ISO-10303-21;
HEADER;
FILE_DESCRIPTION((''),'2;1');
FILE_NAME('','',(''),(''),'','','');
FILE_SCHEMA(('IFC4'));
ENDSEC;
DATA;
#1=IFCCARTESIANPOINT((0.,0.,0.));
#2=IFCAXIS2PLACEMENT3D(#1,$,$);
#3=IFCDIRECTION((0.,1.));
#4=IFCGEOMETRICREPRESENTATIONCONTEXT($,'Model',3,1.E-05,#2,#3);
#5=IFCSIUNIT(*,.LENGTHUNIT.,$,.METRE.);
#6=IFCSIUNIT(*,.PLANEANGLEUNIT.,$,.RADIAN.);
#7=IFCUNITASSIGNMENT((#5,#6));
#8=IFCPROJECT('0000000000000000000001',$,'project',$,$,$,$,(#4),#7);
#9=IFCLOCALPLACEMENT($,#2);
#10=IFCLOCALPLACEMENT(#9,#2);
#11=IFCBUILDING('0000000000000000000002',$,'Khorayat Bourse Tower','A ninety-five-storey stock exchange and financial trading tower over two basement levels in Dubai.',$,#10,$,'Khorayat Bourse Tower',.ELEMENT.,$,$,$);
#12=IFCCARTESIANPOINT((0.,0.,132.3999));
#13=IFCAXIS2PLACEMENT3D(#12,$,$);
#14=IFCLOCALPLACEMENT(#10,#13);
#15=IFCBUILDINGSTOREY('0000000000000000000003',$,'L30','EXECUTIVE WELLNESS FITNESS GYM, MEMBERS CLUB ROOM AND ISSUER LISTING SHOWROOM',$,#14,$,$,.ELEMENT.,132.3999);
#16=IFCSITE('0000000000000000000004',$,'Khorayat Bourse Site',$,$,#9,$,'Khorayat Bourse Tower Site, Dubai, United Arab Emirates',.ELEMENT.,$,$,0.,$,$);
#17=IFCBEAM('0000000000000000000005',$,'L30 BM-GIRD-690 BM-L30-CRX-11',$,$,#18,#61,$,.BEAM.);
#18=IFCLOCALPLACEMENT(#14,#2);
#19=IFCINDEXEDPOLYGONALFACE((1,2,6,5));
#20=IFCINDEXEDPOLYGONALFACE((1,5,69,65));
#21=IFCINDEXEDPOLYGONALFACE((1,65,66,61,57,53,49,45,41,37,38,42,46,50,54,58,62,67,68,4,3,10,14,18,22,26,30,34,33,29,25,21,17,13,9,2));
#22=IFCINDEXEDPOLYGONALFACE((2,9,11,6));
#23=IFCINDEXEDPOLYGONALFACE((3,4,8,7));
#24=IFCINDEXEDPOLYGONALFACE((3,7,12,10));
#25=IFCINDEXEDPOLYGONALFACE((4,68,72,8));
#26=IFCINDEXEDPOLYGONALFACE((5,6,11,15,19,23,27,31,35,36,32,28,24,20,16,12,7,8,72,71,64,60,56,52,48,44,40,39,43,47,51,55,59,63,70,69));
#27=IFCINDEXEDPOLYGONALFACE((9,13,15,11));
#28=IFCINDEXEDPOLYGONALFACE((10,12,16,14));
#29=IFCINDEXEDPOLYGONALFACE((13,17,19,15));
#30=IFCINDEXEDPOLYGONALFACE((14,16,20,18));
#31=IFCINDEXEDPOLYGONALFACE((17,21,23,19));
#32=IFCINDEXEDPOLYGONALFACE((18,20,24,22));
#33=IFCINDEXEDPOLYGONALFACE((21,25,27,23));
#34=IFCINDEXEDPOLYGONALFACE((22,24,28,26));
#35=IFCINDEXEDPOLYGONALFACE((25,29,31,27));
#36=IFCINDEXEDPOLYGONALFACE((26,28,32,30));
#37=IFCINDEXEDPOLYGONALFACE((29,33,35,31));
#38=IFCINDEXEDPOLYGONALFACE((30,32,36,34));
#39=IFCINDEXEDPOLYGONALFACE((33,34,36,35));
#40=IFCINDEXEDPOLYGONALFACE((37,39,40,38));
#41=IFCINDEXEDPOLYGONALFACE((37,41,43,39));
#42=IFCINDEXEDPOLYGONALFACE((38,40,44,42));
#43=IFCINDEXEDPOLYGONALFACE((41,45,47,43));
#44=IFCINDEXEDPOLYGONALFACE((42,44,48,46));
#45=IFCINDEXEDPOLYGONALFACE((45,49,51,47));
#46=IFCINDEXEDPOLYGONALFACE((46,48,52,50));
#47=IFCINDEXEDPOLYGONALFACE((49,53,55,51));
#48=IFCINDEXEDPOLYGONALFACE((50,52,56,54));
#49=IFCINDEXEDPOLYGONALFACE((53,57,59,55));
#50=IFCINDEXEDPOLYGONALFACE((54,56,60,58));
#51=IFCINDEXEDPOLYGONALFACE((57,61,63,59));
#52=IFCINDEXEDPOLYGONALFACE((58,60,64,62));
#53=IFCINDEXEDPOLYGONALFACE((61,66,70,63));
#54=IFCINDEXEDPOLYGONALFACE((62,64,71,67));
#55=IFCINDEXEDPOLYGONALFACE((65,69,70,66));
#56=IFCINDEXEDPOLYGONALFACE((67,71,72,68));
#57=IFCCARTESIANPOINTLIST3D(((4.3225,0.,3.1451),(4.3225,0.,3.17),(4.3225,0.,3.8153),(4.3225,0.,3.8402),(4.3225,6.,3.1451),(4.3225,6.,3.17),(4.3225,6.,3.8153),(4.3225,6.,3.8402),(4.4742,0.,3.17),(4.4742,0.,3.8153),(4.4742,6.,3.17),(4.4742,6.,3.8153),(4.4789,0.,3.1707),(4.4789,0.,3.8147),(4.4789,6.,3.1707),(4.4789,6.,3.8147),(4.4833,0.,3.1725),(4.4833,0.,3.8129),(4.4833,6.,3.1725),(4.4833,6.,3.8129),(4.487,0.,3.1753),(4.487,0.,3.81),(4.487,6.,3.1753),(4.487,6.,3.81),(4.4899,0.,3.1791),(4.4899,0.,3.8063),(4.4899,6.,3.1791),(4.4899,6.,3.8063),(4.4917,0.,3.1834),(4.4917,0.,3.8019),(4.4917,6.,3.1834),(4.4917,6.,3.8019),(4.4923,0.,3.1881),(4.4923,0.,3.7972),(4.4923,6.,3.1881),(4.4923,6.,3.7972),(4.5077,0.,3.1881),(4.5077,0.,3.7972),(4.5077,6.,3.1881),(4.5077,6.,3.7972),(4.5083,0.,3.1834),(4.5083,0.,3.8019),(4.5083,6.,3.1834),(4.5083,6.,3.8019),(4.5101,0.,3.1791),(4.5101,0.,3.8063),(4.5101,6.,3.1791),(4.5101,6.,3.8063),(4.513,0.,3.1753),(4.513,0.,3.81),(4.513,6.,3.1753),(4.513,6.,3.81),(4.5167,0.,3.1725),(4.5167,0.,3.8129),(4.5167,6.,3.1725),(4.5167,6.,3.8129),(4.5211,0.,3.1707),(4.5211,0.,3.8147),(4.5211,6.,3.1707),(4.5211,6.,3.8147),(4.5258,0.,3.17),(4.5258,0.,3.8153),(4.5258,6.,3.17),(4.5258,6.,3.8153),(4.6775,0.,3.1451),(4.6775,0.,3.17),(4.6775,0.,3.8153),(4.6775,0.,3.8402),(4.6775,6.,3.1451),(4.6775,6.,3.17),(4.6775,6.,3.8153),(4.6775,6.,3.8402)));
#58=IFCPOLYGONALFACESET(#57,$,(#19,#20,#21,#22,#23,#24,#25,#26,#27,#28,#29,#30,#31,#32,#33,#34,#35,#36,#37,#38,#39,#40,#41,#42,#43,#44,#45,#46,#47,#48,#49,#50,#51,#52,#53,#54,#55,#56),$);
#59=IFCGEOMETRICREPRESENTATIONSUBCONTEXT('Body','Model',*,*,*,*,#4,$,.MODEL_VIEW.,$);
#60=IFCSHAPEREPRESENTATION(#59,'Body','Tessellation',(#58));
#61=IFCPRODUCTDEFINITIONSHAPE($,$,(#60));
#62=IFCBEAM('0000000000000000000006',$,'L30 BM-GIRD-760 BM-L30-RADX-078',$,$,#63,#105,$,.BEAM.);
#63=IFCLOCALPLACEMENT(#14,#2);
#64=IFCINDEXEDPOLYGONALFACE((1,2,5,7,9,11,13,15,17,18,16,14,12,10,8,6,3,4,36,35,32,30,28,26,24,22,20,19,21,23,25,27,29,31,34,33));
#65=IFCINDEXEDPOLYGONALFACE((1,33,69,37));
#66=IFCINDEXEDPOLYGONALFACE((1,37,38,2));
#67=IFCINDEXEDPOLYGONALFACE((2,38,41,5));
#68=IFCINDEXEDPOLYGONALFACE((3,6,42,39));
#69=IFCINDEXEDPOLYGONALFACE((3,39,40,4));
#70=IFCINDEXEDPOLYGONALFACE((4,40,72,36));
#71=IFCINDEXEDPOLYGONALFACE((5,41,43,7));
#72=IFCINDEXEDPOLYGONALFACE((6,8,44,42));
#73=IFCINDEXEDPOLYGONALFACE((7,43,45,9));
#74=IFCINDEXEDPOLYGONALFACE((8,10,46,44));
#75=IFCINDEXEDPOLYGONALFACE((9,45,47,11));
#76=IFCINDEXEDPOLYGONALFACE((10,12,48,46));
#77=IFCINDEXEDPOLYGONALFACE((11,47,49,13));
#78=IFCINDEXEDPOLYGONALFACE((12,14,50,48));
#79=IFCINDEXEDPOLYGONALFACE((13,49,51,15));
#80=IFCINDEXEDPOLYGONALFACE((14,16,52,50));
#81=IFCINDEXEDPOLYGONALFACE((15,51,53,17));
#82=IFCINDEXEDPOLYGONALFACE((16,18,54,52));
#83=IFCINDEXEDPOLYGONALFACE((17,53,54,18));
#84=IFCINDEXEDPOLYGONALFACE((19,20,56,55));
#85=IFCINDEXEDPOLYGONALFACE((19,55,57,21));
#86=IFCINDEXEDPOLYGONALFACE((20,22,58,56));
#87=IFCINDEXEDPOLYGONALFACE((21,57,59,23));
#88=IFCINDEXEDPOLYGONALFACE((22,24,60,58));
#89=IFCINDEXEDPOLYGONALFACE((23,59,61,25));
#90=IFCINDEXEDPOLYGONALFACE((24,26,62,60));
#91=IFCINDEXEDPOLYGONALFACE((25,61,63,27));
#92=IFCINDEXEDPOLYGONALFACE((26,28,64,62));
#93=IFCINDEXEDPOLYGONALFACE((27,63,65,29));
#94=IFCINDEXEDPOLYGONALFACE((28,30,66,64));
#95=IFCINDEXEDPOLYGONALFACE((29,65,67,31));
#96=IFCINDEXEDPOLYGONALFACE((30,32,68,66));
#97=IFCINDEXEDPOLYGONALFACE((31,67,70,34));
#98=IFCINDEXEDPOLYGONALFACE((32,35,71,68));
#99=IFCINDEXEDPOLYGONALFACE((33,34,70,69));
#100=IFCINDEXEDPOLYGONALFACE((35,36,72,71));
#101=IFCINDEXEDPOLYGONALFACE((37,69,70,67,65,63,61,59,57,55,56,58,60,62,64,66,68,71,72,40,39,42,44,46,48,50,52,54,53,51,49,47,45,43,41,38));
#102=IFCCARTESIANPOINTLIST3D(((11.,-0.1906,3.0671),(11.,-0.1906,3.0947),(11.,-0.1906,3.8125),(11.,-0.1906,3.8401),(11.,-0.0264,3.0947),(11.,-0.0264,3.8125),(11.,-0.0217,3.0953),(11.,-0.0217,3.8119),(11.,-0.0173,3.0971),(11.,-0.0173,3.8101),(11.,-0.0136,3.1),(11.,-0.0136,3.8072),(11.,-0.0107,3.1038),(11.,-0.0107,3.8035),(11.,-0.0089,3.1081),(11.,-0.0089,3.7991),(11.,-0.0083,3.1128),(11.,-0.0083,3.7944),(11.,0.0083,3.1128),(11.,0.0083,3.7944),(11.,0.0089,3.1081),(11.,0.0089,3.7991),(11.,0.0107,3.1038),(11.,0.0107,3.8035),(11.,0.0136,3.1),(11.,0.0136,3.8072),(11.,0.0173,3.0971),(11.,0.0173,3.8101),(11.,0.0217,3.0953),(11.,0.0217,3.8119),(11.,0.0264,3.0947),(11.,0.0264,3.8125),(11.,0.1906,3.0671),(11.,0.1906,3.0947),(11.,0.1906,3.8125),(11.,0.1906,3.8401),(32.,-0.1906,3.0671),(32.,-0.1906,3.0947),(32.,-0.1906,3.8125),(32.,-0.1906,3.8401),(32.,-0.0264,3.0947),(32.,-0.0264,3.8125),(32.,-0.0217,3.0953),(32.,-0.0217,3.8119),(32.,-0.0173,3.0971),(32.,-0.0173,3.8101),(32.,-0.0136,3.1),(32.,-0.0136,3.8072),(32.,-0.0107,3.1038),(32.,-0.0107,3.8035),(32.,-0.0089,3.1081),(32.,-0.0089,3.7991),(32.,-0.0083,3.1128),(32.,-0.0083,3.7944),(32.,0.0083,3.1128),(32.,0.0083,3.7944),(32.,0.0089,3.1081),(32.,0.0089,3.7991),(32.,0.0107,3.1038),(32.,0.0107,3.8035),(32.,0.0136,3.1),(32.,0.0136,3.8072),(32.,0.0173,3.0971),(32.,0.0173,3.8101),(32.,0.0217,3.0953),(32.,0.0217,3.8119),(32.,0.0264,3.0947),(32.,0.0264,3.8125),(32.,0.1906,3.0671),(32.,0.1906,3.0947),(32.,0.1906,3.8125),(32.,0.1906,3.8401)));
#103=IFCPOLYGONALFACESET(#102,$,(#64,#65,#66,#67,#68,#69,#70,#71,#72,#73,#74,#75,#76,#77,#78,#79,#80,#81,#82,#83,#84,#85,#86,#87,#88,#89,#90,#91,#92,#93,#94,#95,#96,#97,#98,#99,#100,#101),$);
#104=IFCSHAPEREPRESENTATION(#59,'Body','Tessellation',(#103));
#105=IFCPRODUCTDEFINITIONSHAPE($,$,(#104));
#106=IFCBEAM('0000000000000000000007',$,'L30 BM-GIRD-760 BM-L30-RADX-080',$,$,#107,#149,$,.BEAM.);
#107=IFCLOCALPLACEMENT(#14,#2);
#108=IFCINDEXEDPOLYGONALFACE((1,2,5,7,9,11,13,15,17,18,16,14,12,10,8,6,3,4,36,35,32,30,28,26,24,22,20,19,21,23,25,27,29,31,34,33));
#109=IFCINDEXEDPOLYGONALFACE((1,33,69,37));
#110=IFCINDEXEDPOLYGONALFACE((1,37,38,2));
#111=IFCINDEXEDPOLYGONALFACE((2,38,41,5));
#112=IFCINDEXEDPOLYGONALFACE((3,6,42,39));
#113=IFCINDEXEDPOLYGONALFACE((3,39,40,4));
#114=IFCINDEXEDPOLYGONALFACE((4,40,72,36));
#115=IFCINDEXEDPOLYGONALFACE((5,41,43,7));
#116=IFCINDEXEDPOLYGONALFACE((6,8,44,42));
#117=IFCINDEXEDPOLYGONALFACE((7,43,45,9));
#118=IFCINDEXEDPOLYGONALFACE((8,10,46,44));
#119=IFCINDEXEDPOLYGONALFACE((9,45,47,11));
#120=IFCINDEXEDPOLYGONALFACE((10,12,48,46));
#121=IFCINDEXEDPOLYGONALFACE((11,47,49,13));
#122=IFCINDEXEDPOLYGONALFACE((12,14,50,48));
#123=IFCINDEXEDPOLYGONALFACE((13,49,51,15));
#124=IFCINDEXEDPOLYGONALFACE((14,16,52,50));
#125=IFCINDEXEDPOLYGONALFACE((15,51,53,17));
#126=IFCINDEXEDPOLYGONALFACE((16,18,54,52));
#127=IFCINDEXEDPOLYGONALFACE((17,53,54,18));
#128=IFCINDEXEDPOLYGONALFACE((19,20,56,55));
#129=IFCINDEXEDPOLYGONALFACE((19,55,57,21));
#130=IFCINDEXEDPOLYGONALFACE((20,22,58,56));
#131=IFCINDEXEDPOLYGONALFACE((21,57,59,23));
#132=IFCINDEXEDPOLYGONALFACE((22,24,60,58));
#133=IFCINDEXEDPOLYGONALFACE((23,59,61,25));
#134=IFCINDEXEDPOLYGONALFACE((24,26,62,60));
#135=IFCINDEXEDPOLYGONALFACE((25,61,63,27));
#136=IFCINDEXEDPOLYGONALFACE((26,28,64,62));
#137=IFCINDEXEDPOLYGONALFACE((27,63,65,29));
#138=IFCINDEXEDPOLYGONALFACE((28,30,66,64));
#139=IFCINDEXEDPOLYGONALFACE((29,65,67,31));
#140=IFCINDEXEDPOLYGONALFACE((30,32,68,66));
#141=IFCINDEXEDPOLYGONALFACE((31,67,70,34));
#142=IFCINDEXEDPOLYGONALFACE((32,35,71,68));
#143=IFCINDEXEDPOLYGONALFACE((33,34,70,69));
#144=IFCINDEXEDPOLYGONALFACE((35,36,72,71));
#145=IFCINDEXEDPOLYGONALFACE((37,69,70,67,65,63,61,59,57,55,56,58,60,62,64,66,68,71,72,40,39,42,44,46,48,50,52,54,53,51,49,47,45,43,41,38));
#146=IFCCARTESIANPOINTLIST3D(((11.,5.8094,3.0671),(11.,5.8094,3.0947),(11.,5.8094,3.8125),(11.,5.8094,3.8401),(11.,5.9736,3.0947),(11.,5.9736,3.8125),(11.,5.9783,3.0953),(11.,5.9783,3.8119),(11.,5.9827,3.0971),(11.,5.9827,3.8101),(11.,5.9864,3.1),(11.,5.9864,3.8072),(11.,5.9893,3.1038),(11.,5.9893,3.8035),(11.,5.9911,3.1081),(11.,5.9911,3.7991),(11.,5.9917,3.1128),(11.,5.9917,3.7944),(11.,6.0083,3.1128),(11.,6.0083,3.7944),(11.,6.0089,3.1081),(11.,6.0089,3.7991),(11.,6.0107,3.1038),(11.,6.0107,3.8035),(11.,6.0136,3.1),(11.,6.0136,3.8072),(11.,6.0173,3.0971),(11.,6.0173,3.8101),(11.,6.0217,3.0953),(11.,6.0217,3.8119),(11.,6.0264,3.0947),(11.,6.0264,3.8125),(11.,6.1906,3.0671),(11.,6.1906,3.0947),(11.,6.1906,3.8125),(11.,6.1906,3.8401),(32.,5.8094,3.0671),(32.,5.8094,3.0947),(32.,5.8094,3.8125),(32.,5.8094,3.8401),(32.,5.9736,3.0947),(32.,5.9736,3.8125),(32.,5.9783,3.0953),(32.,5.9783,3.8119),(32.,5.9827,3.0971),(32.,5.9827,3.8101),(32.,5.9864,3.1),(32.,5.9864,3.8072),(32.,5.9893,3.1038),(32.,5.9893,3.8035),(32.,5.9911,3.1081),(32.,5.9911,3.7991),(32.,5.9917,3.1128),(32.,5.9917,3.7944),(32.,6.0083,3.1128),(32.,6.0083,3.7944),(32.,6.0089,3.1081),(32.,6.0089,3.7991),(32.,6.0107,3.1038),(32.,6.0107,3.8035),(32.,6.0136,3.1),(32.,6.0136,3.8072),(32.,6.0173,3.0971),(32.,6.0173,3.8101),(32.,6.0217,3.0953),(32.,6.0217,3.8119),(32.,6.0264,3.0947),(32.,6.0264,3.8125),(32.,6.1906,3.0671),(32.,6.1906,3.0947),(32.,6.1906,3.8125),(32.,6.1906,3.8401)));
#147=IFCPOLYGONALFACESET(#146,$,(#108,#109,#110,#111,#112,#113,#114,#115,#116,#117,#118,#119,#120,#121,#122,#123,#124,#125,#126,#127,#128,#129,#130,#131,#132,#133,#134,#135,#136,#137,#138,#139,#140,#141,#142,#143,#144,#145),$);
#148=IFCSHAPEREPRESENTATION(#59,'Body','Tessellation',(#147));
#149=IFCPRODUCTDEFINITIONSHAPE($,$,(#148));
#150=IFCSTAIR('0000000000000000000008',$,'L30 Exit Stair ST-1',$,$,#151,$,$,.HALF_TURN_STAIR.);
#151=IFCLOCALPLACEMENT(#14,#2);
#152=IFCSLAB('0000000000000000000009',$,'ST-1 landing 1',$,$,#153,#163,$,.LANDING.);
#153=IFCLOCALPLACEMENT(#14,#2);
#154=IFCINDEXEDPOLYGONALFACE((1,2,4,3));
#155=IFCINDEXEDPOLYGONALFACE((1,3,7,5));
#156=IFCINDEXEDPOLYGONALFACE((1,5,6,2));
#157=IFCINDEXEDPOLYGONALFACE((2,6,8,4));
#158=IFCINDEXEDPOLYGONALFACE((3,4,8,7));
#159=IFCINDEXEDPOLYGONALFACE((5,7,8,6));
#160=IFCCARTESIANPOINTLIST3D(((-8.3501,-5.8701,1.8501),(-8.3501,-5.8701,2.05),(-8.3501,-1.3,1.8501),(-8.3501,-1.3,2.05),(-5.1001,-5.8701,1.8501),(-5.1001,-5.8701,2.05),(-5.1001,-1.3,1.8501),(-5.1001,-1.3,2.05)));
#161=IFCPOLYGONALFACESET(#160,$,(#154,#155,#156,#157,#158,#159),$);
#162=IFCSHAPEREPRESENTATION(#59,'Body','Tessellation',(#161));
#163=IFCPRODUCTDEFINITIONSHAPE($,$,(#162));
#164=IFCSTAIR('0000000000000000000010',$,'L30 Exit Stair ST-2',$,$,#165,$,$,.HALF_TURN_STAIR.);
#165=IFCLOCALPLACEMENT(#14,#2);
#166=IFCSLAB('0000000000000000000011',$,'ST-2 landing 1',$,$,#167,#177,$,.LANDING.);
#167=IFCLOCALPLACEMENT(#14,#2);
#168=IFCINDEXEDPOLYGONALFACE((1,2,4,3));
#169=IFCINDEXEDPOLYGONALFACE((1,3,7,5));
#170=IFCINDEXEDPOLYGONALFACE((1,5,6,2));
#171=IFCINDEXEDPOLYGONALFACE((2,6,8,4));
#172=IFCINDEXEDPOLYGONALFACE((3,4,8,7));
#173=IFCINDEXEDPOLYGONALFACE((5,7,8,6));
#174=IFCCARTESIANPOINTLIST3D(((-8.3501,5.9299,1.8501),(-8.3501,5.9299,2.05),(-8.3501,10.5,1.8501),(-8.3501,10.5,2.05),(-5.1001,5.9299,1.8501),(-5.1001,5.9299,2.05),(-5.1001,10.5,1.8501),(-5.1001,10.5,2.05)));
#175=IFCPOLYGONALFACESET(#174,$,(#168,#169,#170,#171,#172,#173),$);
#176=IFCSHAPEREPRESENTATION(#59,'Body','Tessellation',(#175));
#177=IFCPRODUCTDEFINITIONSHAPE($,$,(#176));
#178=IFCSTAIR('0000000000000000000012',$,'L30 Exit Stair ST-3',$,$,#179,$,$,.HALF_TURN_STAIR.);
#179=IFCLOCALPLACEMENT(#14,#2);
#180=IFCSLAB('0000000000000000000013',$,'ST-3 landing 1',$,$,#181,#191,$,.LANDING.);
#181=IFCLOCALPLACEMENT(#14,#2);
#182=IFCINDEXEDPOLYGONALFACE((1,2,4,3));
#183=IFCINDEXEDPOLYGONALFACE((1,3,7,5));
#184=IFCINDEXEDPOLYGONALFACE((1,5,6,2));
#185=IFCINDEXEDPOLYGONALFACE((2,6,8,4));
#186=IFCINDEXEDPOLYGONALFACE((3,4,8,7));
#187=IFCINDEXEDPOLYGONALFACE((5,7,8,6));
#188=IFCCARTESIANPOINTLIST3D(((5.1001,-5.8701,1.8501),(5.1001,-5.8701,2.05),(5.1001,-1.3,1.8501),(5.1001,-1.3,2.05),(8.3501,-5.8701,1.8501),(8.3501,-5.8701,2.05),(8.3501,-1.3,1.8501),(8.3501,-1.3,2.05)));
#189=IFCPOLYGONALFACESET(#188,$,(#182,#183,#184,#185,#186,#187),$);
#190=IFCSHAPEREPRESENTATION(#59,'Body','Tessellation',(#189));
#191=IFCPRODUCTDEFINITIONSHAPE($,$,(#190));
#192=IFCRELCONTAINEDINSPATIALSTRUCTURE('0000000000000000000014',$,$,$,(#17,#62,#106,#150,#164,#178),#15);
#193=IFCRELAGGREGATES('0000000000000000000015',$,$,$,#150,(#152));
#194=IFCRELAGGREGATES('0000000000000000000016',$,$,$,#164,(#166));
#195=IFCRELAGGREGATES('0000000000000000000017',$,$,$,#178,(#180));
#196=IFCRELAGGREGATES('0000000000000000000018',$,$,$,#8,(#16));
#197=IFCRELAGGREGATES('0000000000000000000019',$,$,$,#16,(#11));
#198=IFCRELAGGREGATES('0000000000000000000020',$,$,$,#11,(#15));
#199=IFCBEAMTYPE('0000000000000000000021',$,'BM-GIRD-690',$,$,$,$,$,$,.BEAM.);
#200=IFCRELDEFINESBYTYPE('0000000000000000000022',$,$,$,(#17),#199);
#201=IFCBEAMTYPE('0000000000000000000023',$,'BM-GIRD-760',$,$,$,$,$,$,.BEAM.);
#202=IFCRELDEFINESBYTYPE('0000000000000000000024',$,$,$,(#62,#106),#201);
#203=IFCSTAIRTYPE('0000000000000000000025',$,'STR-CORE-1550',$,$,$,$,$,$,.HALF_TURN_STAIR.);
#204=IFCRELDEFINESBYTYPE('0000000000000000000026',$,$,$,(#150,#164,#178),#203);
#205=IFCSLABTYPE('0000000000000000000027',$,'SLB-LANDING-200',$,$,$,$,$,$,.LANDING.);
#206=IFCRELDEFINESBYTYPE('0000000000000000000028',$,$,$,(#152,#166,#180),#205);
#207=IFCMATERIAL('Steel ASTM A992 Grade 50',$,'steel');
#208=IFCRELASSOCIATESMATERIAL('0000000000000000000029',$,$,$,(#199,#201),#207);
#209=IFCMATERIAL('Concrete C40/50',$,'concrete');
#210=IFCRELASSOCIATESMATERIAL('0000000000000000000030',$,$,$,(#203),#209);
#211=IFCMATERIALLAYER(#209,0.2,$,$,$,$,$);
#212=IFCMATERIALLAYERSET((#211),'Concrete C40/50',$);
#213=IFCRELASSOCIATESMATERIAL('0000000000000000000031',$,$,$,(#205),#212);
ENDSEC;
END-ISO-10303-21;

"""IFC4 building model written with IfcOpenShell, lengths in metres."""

from ifc_helpers import new_model, si_unit, direction, frame, origin, origin_2d, place, context, subcontext, project, spatial, polyline, i_section, outline, extrude, source, transform, mapped, material, layer, layer_set, material_profile, profile_set, type_object, element, aggregate, save


model = new_model("IFC4")

# Units and contexts
model_context = context("Model", 3, precision=1e-05, world=origin(), true_north=direction((0.0, 1.0)))
body_context = subcontext(model_context, "Body", "Model", "MODEL_VIEW")
ifc_project = project(units=[si_unit("LENGTHUNIT", "METRE"), si_unit("PLANEANGLEUNIT", "RADIAN")], contexts=[model_context])

# Site, building, storey
site_placement = place(None, origin())
site = spatial("IfcSite", under=ifc_project, at=site_placement, Name="Khorayat Bourse Site", LongName="Khorayat Bourse Tower Site, Dubai, United Arab Emirates", CompositionType="ELEMENT", RefElevation=0.0)
building_placement = place(site_placement, origin())
building = spatial("IfcBuilding", under=site, at=building_placement, Name="Khorayat Bourse Tower", Description="A ninety-five-storey stock exchange and financial trading tower over two basement levels in Dubai.", LongName="Khorayat Bourse Tower", CompositionType="ELEMENT")
storey_placement = place(building_placement, frame((0.0, 0.0, 132.3999)))
storey = spatial("IfcBuildingStorey", under=building, at=storey_placement, Name="L30", Description="EXECUTIVE WELLNESS FITNESS GYM, MEMBERS CLUB ROOM AND ISSUER LISTING SHOWROOM", CompositionType="ELEMENT", Elevation=132.3999)

# Beams
ifc_material_1 = material(Name="Steel ASTM A992 Grade 50", Category="steel")
ifc_material_profile_1 = material_profile(ifc_material_1, i_section(OverallWidth=0.355, OverallDepth=0.6951, WebThickness=0.0154, FlangeThickness=0.0249, FilletRadius=0.0181, at=origin_2d()), Name="W690X217")
ifc_profile_set_1 = profile_set([ifc_material_profile_1], Name="Steel ASTM A992 Grade 50")
beam_type_1 = type_object("IfcBeamType", Name="BM-GIRD-690", PredefinedType="BEAM", material=ifc_profile_set_1)
shared_shape_1 = source(origin(), body_context, "Body", "SweptSolid", [
    extrude(i_section(OverallWidth=0.355, OverallDepth=0.6951, WebThickness=0.0154, FlangeThickness=0.0249, FilletRadius=0.0181, at=origin_2d()), origin(), (0.0, 0.0, 1.0), 6.0),
])
beam_1_placement = place(storey_placement, frame((4.5, 0.0, 3.4927), z_axis=(0.0, 1.0, 0.0), x_axis=(-1.0, 0.0, 0.0)))
element("IfcBeam", 1, at=beam_1_placement, inside=storey, type_object=beam_type_1, Name="L30 BM-GIRD-690 BM-L30-CRX-11", PredefinedType="BEAM", context=body_context, shape_type="MappedRepresentation", body=[
    mapped(shared_shape_1, transform((0.0, 0.0, 0.0), scale=1.0)),
])
ifc_material_profile_2 = material_profile(ifc_material_1, i_section(OverallWidth=0.3811, OverallDepth=0.7729, WebThickness=0.0166, FlangeThickness=0.0276, FilletRadius=0.0181, at=origin_2d()), Name="W760X257")
ifc_profile_set_2 = profile_set([ifc_material_profile_2], Name="Steel ASTM A992 Grade 50")
beam_type_2 = type_object("IfcBeamType", Name="BM-GIRD-760", PredefinedType="BEAM", material=ifc_profile_set_2)
shared_shape_2 = source(origin(), body_context, "Body", "SweptSolid", [
    extrude(i_section(OverallWidth=0.3811, OverallDepth=0.7729, WebThickness=0.0166, FlangeThickness=0.0276, FilletRadius=0.0181, at=origin_2d()), origin(), (0.0, 0.0, 1.0), 21.0),
])
for number, where, z_axis, x_axis, name in (
    (2, (11.0, 0.0, 3.4536), (1.0, 0.0, 0.0), (0.0, 1.0, 0.0), "L30 BM-GIRD-760 BM-L30-RADX-078"),
    (3, (11.0, 6.0, 3.4536), (1.0, 0.0, 0.0), (0.0, 1.0, 0.0), "L30 BM-GIRD-760 BM-L30-RADX-080"),
):
    element("IfcBeam", number, at=place(storey_placement, frame(where, z_axis=z_axis, x_axis=x_axis)), inside=storey, type_object=beam_type_2, Name=name, PredefinedType="BEAM", context=body_context, shape_type="MappedRepresentation", body=[
        mapped(shared_shape_2, transform((0.0, 0.0, 0.0), scale=1.0)),
    ])

# Stairs, slabs
ifc_material_2 = material(Name="Concrete C40/50", Category="concrete")
stair_type = type_object("IfcStairType", Name="STR-CORE-1550", PredefinedType="HALF_TURN_STAIR", material=ifc_material_2)
stair_1_placement = place(storey_placement, origin())
stair_1 = element("IfcStair", 4, at=stair_1_placement, inside=storey, type_object=stair_type, Name="L30 Exit Stair ST-1", PredefinedType="HALF_TURN_STAIR")
ifc_layer_1 = layer(ifc_material_2, 0.2)
ifc_layer_set_1 = layer_set([ifc_layer_1], Name="Concrete C40/50")
slab_type_1 = type_object("IfcSlabType", Name="SLB-LANDING-200", PredefinedType="LANDING", material=ifc_layer_set_1)
slab_1_placement = place(storey_placement, frame((0.0, 0.0, 1.8501)))
slab_1 = element("IfcSlab", 5, at=slab_1_placement, type_object=slab_type_1, Name="ST-1 landing 1", PredefinedType="LANDING", context=body_context, shape_type="SweptSolid", body=[
    extrude(outline(polyline([(-5.1001, -5.8701), (-5.1001, -1.3), (-8.3501, -1.3), (-8.3501, -5.8701), (-5.1001, -5.8701)])), origin(), (0.0, 0.0, 1.0), 0.2),
])
aggregate(stair_1, [slab_1])
stair_2_placement = place(storey_placement, origin())
stair_2 = element("IfcStair", 6, at=stair_2_placement, inside=storey, type_object=stair_type, Name="L30 Exit Stair ST-2", PredefinedType="HALF_TURN_STAIR")
slab_2_placement = place(storey_placement, frame((0.0, 0.0, 1.8501)))
slab_2 = element("IfcSlab", 7, at=slab_2_placement, type_object=slab_type_1, Name="ST-2 landing 1", PredefinedType="LANDING", context=body_context, shape_type="SweptSolid", body=[
    extrude(outline(polyline([(-5.1001, 5.9299), (-5.1001, 10.5), (-8.3501, 10.5), (-8.3501, 5.9299), (-5.1001, 5.9299)])), origin(), (0.0, 0.0, 1.0), 0.2),
])
aggregate(stair_2, [slab_2])
stair_3_placement = place(storey_placement, origin())
stair_3 = element("IfcStair", 8, at=stair_3_placement, inside=storey, type_object=stair_type, Name="L30 Exit Stair ST-3", PredefinedType="HALF_TURN_STAIR")
slab_3_placement = place(storey_placement, frame((0.0, 0.0, 1.8501)))
slab_3 = element("IfcSlab", 9, at=slab_3_placement, type_object=slab_type_1, Name="ST-3 landing 1", PredefinedType="LANDING", context=body_context, shape_type="SweptSolid", body=[
    extrude(outline(polyline([(8.3501, -5.8701), (8.3501, -1.3), (5.1001, -1.3), (5.1001, -5.8701), (8.3501, -5.8701)])), origin(), (0.0, 0.0, 1.0), 0.2),
])
aggregate(stair_3, [slab_3])

save(model, "model.ifc")
